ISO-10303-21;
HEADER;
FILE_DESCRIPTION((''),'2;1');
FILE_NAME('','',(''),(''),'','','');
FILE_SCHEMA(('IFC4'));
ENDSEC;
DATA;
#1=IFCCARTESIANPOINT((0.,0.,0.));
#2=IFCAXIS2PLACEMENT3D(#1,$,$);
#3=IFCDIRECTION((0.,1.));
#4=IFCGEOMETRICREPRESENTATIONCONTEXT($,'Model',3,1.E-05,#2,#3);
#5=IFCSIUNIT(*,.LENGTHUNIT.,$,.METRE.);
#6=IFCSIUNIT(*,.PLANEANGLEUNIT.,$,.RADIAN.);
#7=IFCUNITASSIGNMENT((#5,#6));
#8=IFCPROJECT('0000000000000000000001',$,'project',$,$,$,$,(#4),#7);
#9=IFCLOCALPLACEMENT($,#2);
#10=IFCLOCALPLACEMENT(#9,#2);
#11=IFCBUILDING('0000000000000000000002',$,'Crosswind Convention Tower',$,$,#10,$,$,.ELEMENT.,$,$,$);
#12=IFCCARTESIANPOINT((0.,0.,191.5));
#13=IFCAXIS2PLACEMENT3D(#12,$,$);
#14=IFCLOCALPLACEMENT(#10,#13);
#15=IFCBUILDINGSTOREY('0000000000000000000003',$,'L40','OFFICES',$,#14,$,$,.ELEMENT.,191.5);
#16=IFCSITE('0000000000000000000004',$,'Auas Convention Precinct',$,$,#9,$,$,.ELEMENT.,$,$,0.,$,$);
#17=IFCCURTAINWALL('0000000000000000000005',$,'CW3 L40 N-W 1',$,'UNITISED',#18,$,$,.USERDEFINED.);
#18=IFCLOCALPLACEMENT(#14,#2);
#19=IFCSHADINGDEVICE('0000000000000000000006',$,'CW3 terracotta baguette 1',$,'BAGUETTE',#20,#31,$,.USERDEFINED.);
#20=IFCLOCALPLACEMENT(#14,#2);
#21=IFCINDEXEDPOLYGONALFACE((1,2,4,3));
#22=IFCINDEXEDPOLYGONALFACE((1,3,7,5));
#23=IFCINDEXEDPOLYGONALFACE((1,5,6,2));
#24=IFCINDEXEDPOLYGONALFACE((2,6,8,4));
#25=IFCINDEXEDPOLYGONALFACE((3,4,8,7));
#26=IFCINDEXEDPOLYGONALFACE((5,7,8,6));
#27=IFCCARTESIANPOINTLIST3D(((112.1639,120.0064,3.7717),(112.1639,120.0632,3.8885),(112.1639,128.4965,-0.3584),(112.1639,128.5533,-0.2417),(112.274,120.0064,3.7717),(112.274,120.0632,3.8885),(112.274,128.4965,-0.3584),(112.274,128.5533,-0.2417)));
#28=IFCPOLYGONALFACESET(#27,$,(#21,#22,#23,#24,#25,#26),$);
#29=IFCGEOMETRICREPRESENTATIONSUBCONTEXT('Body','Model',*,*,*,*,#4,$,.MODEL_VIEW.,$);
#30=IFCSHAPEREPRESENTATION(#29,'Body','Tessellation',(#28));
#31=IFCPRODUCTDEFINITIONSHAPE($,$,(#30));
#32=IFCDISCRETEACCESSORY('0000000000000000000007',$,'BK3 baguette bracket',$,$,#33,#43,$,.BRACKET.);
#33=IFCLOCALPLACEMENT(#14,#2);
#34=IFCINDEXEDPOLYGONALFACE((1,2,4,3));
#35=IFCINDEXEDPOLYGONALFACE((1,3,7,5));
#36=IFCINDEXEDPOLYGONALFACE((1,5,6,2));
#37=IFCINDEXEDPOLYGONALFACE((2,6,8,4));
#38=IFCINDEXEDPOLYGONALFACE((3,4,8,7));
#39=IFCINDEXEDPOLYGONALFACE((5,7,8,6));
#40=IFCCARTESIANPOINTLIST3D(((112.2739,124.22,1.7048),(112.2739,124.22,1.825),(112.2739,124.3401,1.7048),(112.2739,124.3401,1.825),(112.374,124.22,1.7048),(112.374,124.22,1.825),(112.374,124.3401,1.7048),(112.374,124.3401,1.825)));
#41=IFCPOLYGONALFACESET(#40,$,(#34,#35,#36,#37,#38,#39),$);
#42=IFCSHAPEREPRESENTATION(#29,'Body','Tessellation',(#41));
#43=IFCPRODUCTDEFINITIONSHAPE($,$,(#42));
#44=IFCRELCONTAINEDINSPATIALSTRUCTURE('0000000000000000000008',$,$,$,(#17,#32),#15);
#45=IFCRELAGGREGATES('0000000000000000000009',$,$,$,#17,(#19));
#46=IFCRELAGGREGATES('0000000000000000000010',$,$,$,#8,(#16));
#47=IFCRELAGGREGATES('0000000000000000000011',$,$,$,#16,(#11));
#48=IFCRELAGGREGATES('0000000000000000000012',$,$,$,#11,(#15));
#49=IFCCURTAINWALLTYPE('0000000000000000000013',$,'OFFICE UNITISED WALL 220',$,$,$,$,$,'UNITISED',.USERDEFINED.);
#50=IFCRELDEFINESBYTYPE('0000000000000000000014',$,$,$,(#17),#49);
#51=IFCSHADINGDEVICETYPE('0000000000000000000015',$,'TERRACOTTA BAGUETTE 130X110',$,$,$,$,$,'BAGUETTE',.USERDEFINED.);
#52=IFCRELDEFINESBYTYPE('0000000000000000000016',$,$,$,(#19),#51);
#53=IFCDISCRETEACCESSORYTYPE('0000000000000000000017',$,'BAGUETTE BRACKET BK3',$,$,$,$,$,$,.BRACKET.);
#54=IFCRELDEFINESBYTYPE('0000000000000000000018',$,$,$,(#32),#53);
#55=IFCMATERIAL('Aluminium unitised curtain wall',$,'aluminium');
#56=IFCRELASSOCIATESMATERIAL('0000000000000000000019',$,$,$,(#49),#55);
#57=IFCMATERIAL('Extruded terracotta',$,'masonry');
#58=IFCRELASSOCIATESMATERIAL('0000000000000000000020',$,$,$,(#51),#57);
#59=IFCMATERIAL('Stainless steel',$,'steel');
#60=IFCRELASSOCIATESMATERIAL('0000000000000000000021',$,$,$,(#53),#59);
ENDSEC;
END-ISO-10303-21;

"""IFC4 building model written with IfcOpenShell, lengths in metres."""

from ifc_helpers import new_model, si_unit, direction, frame, origin, origin_2d, place, context, subcontext, project, spatial, rectangle, extrude, material, material_profile, profile_set, type_object, element, aggregate, save


model = new_model("IFC4")

# Units and contexts
model_context = context("Model", 3, precision=1e-05, world=origin(), true_north=direction((0.0, 1.0)))
body_context = subcontext(model_context, "Body", "Model", "MODEL_VIEW")
ifc_project = project(units=[si_unit("LENGTHUNIT", "METRE"), si_unit("PLANEANGLEUNIT", "RADIAN")], contexts=[model_context])

# Site, building, storey
site_placement = place(None, origin())
site = spatial("IfcSite", under=ifc_project, at=site_placement, Name="Auas Convention Precinct", CompositionType="ELEMENT", RefElevation=0.0)
building_placement = place(site_placement, origin())
building = spatial("IfcBuilding", under=site, at=building_placement, Name="Crosswind Convention Tower", CompositionType="ELEMENT")
storey_placement = place(building_placement, frame((0.0, 0.0, 191.5)))
storey = spatial("IfcBuildingStorey", under=building, at=storey_placement, Name="L40", Description="OFFICES", CompositionType="ELEMENT", Elevation=191.5)

# Shared definitions
ifc_material_1 = material(Name="Aluminium unitised curtain wall", Category="aluminium")
curtain_wall_type_1 = type_object("IfcCurtainWallType", Name="OFFICE UNITISED WALL 220", ElementType="UNITISED", PredefinedType="USERDEFINED", material=ifc_material_1)

# Curtain wall
curtain_wall_1_placement = place(storey_placement, origin())
curtain_wall_1 = element("IfcCurtainWall", 1, at=curtain_wall_1_placement, inside=storey, type_object=curtain_wall_type_1, Name="CW3 L40 N-W 1", ObjectType="UNITISED", PredefinedType="USERDEFINED")

# Shading device
ifc_material_2 = material(Name="Extruded terracotta", Category="masonry")
ifc_material_profile_1 = material_profile(ifc_material_2, rectangle(XDim=0.1101, YDim=0.1299, at=origin_2d()), Name="TC 110X130")
ifc_profile_set_1 = profile_set([ifc_material_profile_1], Name="Extruded terracotta")
shading_device_type = type_object("IfcShadingDeviceType", Name="TERRACOTTA BAGUETTE 130X110", ElementType="BAGUETTE", PredefinedType="USERDEFINED", material=ifc_profile_set_1)
shading_device_placement = place(storey_placement, frame((112.219, 128.5249, -0.3), z_axis=(0.0, -0.899241, 0.437454), x_axis=(1.0, 0.0, 0.0)))
shading_device = element("IfcShadingDevice", 2, at=shading_device_placement, type_object=shading_device_type, Name="CW3 terracotta baguette 1", ObjectType="BAGUETTE", PredefinedType="USERDEFINED", context=body_context, shape_type="SweptSolid", body=[
    extrude(rectangle(XDim=0.1101, YDim=0.1299, at=origin_2d()), origin(), (0.0, 0.0, 1.0), 9.4414),
])
aggregate(curtain_wall_1, [shading_device])

# Discrete accessory
ifc_material_3 = material(Name="Stainless steel", Category="steel")
discrete_accessory_type = type_object("IfcDiscreteAccessoryType", Name="BAGUETTE BRACKET BK3", PredefinedType="BRACKET", material=ifc_material_3)
discrete_accessory_placement = place(storey_placement, frame((112.324, 124.28, 1.7048), z_axis=(0.0, 0.0, 1.0), x_axis=(0.0, -1.0, 0.0)))
element("IfcDiscreteAccessory", 3, at=discrete_accessory_placement, inside=storey, type_object=discrete_accessory_type, Name="BK3 baguette bracket", PredefinedType="BRACKET", context=body_context, shape_type="SweptSolid", body=[
    extrude(rectangle(XDim=0.1201, YDim=0.1001, at=origin_2d()), origin(), (0.0, 0.0, 1.0), 0.1201),
])

save(model, "model.ifc")
